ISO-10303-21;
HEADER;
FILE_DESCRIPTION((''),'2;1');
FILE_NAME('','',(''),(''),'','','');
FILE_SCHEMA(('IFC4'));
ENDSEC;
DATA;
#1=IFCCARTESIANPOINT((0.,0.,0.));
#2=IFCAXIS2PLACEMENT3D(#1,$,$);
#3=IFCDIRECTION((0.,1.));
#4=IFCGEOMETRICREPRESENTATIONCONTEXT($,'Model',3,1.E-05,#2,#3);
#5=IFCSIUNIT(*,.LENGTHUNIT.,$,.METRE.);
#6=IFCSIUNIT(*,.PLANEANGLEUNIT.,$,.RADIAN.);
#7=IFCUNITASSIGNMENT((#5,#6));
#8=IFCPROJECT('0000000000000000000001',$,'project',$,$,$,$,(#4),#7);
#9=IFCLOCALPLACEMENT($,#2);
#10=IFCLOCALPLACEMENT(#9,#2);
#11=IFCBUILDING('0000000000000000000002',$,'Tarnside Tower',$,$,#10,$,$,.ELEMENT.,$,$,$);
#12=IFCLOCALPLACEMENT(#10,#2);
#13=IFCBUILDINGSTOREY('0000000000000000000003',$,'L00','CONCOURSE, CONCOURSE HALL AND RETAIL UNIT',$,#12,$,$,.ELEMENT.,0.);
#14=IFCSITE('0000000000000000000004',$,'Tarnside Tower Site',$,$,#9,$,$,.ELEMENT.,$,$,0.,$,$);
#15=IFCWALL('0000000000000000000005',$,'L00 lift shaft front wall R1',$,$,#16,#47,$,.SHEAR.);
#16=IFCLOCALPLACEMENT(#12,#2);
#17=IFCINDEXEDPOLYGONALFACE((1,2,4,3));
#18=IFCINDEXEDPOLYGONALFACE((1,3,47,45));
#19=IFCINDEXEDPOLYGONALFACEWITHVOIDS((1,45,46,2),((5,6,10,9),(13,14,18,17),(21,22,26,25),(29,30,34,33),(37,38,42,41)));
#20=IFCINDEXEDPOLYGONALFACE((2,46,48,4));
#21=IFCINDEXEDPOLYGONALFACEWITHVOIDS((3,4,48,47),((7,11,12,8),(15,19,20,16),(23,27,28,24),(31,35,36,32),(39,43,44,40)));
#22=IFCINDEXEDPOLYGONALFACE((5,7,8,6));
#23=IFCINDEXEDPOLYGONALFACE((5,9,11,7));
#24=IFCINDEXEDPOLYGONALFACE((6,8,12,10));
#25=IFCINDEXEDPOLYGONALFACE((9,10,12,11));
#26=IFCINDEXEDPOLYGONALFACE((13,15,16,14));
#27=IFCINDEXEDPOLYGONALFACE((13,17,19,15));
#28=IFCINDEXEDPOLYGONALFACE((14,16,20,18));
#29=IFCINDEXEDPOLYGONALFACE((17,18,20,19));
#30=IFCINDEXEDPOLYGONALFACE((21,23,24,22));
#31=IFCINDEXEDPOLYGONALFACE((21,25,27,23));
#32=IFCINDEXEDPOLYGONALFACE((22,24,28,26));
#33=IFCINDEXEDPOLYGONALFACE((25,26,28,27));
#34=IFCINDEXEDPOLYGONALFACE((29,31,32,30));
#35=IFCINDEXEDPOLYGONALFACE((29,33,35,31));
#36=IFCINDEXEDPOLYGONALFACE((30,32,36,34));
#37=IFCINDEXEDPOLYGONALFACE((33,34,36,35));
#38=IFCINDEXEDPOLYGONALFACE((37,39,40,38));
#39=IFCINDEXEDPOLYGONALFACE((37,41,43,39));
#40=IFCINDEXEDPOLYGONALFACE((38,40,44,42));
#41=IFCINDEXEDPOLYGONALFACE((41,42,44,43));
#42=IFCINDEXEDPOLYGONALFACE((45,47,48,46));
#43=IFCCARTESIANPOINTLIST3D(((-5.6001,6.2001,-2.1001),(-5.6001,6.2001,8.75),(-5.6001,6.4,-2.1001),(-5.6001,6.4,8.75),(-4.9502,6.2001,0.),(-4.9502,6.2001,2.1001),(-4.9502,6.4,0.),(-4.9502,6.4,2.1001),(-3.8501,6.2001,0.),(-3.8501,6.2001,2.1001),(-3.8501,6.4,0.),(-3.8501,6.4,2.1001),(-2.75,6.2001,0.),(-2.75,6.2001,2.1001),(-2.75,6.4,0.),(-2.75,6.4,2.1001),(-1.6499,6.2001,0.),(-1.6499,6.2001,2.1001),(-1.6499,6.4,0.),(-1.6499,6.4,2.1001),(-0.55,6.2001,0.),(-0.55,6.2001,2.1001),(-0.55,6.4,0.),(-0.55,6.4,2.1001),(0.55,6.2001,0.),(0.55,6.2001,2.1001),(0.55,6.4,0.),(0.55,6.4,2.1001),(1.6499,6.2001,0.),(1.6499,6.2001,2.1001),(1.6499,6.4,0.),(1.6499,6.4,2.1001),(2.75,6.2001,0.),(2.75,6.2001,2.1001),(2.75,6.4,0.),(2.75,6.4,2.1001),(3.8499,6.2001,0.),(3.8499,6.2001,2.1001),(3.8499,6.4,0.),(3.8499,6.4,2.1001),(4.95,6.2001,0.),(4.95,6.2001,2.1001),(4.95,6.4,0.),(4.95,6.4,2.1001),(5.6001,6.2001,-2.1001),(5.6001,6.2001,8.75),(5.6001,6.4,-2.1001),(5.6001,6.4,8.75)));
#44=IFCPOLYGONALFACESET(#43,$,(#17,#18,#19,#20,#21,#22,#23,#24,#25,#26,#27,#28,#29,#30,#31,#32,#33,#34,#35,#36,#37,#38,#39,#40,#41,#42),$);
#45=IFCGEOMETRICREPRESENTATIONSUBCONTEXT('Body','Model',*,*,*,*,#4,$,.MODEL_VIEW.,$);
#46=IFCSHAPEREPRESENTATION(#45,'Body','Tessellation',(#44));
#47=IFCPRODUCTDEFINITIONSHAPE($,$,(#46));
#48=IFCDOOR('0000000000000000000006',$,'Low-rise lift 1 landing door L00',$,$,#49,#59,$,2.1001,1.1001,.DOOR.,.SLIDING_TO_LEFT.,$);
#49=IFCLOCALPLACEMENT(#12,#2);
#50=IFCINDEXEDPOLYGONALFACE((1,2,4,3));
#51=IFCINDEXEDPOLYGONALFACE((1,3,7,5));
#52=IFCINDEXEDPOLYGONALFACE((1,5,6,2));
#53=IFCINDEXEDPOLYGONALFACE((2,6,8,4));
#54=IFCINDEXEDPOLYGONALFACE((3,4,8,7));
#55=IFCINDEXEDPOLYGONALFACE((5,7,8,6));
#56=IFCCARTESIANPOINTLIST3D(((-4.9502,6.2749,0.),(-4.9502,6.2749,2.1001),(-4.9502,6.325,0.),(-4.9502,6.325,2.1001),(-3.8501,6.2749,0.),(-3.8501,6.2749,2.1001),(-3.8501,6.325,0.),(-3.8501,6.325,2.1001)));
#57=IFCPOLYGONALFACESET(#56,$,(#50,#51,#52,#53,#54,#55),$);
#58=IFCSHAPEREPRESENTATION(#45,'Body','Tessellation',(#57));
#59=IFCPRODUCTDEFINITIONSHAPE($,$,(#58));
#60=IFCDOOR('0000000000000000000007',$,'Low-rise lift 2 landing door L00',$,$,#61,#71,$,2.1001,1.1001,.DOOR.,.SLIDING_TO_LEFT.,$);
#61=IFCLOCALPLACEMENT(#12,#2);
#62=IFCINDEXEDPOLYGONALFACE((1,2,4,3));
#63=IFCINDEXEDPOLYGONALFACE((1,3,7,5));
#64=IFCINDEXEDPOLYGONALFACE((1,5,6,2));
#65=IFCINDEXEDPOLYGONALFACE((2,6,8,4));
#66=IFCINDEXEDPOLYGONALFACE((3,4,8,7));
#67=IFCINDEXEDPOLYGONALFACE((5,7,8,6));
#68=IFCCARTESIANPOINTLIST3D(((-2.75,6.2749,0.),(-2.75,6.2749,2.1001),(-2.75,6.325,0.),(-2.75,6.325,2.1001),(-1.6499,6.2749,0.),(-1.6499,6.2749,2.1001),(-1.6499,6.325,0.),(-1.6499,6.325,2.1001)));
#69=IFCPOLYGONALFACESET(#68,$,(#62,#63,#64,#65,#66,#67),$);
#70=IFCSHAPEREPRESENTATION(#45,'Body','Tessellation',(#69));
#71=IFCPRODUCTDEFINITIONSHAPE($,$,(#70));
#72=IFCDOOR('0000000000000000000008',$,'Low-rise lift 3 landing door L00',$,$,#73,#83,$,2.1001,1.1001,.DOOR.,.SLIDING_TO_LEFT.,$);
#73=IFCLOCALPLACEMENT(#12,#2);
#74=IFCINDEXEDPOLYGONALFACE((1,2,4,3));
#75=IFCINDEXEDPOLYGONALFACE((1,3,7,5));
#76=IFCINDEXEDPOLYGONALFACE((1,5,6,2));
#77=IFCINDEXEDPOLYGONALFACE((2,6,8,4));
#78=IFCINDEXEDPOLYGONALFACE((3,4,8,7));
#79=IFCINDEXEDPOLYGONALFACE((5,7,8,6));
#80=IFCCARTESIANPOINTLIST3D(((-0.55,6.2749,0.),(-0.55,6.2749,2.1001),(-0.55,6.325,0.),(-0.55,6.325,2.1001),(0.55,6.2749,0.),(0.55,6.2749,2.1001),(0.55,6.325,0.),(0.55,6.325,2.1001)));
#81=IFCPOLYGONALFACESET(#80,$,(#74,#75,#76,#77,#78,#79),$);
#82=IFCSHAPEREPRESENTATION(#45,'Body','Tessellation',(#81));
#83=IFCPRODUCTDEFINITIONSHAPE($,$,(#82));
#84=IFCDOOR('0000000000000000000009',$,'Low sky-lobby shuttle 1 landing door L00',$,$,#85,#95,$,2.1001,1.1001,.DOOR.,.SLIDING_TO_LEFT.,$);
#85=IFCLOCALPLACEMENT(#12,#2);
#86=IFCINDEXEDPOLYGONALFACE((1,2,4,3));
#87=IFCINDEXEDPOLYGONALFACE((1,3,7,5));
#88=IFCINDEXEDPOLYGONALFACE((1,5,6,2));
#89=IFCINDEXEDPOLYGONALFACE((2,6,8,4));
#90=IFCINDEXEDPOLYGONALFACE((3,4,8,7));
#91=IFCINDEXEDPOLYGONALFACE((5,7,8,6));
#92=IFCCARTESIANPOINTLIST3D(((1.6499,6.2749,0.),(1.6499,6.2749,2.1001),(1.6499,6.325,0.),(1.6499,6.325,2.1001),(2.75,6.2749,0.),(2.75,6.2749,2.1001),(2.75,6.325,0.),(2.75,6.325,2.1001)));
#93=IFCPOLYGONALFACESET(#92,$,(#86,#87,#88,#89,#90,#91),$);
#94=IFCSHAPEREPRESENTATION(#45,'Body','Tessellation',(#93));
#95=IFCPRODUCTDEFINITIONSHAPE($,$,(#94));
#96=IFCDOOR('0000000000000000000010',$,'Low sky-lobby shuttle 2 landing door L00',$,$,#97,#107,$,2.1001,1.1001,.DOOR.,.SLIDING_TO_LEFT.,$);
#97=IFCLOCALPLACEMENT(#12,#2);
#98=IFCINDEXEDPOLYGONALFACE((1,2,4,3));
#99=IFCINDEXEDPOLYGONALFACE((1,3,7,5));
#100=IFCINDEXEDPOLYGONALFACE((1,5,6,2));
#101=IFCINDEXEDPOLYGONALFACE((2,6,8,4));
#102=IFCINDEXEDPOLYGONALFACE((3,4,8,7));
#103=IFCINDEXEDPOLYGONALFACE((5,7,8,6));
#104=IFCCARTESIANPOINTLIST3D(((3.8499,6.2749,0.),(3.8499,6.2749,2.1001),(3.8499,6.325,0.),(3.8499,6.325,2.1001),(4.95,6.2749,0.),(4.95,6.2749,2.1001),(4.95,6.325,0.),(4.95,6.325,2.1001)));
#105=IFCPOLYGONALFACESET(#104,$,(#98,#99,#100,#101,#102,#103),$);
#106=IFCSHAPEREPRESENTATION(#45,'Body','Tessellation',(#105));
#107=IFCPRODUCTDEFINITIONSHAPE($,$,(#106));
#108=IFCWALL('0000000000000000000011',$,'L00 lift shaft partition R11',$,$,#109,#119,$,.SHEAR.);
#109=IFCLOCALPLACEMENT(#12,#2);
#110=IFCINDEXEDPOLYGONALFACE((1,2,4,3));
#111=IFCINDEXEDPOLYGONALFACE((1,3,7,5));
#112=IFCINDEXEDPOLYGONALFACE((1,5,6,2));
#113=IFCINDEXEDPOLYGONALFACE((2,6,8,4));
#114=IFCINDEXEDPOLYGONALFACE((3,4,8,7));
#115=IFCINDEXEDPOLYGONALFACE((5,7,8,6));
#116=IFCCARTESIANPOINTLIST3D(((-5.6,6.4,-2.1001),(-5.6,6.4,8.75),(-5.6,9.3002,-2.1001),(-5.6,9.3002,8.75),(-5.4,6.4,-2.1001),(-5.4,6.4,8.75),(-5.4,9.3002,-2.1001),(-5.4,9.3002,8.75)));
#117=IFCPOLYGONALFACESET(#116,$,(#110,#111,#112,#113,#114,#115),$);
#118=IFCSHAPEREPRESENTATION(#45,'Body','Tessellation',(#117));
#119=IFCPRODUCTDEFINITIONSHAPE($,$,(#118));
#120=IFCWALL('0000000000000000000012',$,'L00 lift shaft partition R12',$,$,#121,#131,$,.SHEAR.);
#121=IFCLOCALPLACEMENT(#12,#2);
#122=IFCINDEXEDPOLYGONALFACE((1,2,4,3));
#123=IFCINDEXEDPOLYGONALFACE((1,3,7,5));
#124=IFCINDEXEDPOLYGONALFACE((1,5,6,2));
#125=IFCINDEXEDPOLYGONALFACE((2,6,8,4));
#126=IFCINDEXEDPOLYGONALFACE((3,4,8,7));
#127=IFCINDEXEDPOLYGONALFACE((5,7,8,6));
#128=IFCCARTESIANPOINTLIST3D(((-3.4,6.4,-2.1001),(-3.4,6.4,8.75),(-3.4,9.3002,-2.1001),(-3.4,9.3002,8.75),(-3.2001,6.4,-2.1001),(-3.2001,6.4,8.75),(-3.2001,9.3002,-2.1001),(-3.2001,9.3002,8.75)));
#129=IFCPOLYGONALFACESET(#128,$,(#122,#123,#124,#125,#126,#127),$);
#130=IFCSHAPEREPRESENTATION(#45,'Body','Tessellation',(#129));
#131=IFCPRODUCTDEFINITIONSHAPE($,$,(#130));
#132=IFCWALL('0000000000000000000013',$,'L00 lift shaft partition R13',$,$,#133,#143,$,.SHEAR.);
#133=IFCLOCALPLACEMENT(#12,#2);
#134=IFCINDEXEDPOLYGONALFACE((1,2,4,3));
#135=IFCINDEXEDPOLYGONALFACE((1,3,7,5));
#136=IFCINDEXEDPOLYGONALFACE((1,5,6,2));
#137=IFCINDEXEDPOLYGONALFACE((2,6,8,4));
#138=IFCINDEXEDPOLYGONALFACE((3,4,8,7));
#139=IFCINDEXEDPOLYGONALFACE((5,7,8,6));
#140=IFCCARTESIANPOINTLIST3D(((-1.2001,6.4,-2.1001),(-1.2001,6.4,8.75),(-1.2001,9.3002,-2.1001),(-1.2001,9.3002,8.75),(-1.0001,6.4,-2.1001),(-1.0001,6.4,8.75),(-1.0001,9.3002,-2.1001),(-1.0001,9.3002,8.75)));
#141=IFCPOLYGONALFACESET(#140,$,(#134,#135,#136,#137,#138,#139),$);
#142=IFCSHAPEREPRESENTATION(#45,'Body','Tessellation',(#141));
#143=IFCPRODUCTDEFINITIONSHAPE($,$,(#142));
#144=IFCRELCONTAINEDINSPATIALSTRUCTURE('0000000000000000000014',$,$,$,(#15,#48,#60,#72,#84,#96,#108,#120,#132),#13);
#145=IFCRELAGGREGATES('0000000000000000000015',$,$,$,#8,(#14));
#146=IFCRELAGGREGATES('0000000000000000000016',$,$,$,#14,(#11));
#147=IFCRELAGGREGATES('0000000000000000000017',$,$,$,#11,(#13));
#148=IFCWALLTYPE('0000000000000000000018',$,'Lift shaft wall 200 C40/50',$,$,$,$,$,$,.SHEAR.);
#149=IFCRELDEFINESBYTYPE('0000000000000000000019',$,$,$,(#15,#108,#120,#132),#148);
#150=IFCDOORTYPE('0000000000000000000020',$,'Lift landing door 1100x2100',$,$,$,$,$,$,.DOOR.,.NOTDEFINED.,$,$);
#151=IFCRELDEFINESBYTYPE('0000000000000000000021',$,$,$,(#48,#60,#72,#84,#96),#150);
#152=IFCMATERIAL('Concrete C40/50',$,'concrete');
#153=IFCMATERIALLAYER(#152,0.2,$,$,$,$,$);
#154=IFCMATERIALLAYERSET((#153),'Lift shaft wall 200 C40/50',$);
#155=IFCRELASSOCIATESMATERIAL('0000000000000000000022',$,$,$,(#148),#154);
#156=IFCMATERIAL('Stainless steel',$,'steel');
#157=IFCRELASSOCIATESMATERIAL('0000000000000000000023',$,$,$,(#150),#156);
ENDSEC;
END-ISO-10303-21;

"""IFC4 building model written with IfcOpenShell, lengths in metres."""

from ifc_helpers import new_model, si_unit, direction, frame, frame_2d, origin, place, context, subcontext, project, spatial, rectangle, extrude, material, layer, layer_set, type_object, element, fill, save


model = new_model("IFC4")

# Units and contexts
model_context = context("Model", 3, precision=1e-05, world=origin(), true_north=direction((0.0, 1.0)))
body_context = subcontext(model_context, "Body", "Model", "MODEL_VIEW")
ifc_project = project(units=[si_unit("LENGTHUNIT", "METRE"), si_unit("PLANEANGLEUNIT", "RADIAN")], contexts=[model_context])

# Site, building, storey
site_placement = place(None, origin())
site = spatial("IfcSite", under=ifc_project, at=site_placement, Name="Tarnside Tower Site", CompositionType="ELEMENT", RefElevation=0.0)
building_placement = place(site_placement, origin())
building = spatial("IfcBuilding", under=site, at=building_placement, Name="Tarnside Tower", CompositionType="ELEMENT")
storey_placement = place(building_placement, origin())
storey = spatial("IfcBuildingStorey", under=building, at=storey_placement, Name="L00", Description="CONCOURSE, CONCOURSE HALL AND RETAIL UNIT", CompositionType="ELEMENT", Elevation=0.0)

# Wall, openings, doors
ifc_material_1 = material(Name="Concrete C40/50", Category="concrete")
ifc_layer = layer(ifc_material_1, 0.2)
ifc_layer_set = layer_set([ifc_layer], Name="Lift shaft wall 200 C40/50")
wall_type = type_object("IfcWallType", Name="Lift shaft wall 200 C40/50", PredefinedType="SHEAR", material=ifc_layer_set)
wall_1_placement = place(storey_placement, frame((-5.6001, 6.3, -2.1001), z_axis=(0.0, 0.0, 1.0), x_axis=(1.0, 0.0, 0.0)))
wall_1 = element("IfcWall", 1, at=wall_1_placement, inside=storey, type_object=wall_type, Name="L00 lift shaft front wall R1", PredefinedType="SHEAR", context=body_context, shape_type="SweptSolid", body=[
    extrude(rectangle(XDim=11.2002, YDim=0.2, at=frame_2d((5.6001, 0.0))), origin(), (0.0, 0.0, 1.0), 10.8501),
])
opening_1_placement = place(wall_1_placement, frame((0.6499, 0.0, 2.1001)))
opening_1 = element("IfcOpeningElement", 2, at=opening_1_placement, cuts=wall_1, PredefinedType="OPENING", context=body_context, shape_type="SweptSolid", body=[
    extrude(rectangle(XDim=1.1001, YDim=2.1001, at=frame_2d((0.55, 1.05))), frame((0.0, 0.1099, 0.0), z_axis=(0.0, -1.0, 0.0), x_axis=(1.0, 0.0, 0.0)), (0.0, 0.0, 1.0), 0.22),
])
opening_2_placement = place(wall_1_placement, frame((2.8501, 0.0, 2.1001)))
opening_2 = element("IfcOpeningElement", 3, at=opening_2_placement, cuts=wall_1, PredefinedType="OPENING", context=body_context, shape_type="SweptSolid", body=[
    extrude(rectangle(XDim=1.1001, YDim=2.1001, at=frame_2d((0.55, 1.05))), frame((0.0, 0.1099, 0.0), z_axis=(0.0, -1.0, 0.0), x_axis=(1.0, 0.0, 0.0)), (0.0, 0.0, 1.0), 0.22),
])
opening_3_placement = place(wall_1_placement, frame((5.05, 0.0, 2.1001)))
opening_3 = element("IfcOpeningElement", 4, at=opening_3_placement, cuts=wall_1, PredefinedType="OPENING", context=body_context, shape_type="SweptSolid", body=[
    extrude(rectangle(XDim=1.1001, YDim=2.1001, at=frame_2d((0.55, 1.05))), frame((0.0, 0.1099, 0.0), z_axis=(0.0, -1.0, 0.0), x_axis=(1.0, 0.0, 0.0)), (0.0, 0.0, 1.0), 0.22),
])
opening_4_placement = place(wall_1_placement, frame((7.25, 0.0, 2.1001)))
opening_4 = element("IfcOpeningElement", 5, at=opening_4_placement, cuts=wall_1, PredefinedType="OPENING", context=body_context, shape_type="SweptSolid", body=[
    extrude(rectangle(XDim=1.1001, YDim=2.1001, at=frame_2d((0.55, 1.05))), frame((0.0, 0.1099, 0.0), z_axis=(0.0, -1.0, 0.0), x_axis=(1.0, 0.0, 0.0)), (0.0, 0.0, 1.0), 0.22),
])
opening_5_placement = place(wall_1_placement, frame((9.45, 0.0, 2.1001)))
opening_5 = element("IfcOpeningElement", 6, at=opening_5_placement, cuts=wall_1, PredefinedType="OPENING", context=body_context, shape_type="SweptSolid", body=[
    extrude(rectangle(XDim=1.1001, YDim=2.1001, at=frame_2d((0.55, 1.05))), frame((0.0, 0.1099, 0.0), z_axis=(0.0, -1.0, 0.0), x_axis=(1.0, 0.0, 0.0)), (0.0, 0.0, 1.0), 0.22),
])
ifc_material_2 = material(Name="Stainless steel", Category="steel")
door_type = type_object("IfcDoorType", Name="Lift landing door 1100x2100", OperationType="NOTDEFINED", PredefinedType="DOOR", material=ifc_material_2)
door_1_placement = place(opening_1_placement, origin())
door_1 = element("IfcDoor", 7, at=door_1_placement, inside=storey, type_object=door_type, Name="Low-rise lift 1 landing door L00", OperationType="SLIDING_TO_LEFT", OverallHeight=2.1001, OverallWidth=1.1001, PredefinedType="DOOR", context=body_context, shape_type="SweptSolid", body=[
    extrude(rectangle(XDim=1.1001, YDim=2.1001, at=frame_2d((0.55, 1.05))), frame((0.0, 0.0249, 0.0), z_axis=(0.0, -1.0, 0.0), x_axis=(1.0, 0.0, 0.0)), (0.0, 0.0, 1.0), 0.05),
])
fill(opening_1, door_1)
door_2_placement = place(opening_2_placement, origin())
door_2 = element("IfcDoor", 8, at=door_2_placement, inside=storey, type_object=door_type, Name="Low-rise lift 2 landing door L00", OperationType="SLIDING_TO_LEFT", OverallHeight=2.1001, OverallWidth=1.1001, PredefinedType="DOOR", context=body_context, shape_type="SweptSolid", body=[
    extrude(rectangle(XDim=1.1001, YDim=2.1001, at=frame_2d((0.55, 1.05))), frame((0.0, 0.0249, 0.0), z_axis=(0.0, -1.0, 0.0), x_axis=(1.0, 0.0, 0.0)), (0.0, 0.0, 1.0), 0.05),
])
fill(opening_2, door_2)
door_3_placement = place(opening_3_placement, origin())
door_3 = element("IfcDoor", 9, at=door_3_placement, inside=storey, type_object=door_type, Name="Low-rise lift 3 landing door L00", OperationType="SLIDING_TO_LEFT", OverallHeight=2.1001, OverallWidth=1.1001, PredefinedType="DOOR", context=body_context, shape_type="SweptSolid", body=[
    extrude(rectangle(XDim=1.1001, YDim=2.1001, at=frame_2d((0.55, 1.05))), frame((0.0, 0.0249, 0.0), z_axis=(0.0, -1.0, 0.0), x_axis=(1.0, 0.0, 0.0)), (0.0, 0.0, 1.0), 0.05),
])
fill(opening_3, door_3)
door_4_placement = place(opening_4_placement, origin())
door_4 = element("IfcDoor", 10, at=door_4_placement, inside=storey, type_object=door_type, Name="Low sky-lobby shuttle 1 landing door L00", OperationType="SLIDING_TO_LEFT", OverallHeight=2.1001, OverallWidth=1.1001, PredefinedType="DOOR", context=body_context, shape_type="SweptSolid", body=[
    extrude(rectangle(XDim=1.1001, YDim=2.1001, at=frame_2d((0.55, 1.05))), frame((0.0, 0.0249, 0.0), z_axis=(0.0, -1.0, 0.0), x_axis=(1.0, 0.0, 0.0)), (0.0, 0.0, 1.0), 0.05),
])
fill(opening_4, door_4)
door_5_placement = place(opening_5_placement, origin())
door_5 = element("IfcDoor", 11, at=door_5_placement, inside=storey, type_object=door_type, Name="Low sky-lobby shuttle 2 landing door L00", OperationType="SLIDING_TO_LEFT", OverallHeight=2.1001, OverallWidth=1.1001, PredefinedType="DOOR", context=body_context, shape_type="SweptSolid", body=[
    extrude(rectangle(XDim=1.1001, YDim=2.1001, at=frame_2d((0.55, 1.05))), frame((0.0, 0.0249, 0.0), z_axis=(0.0, -1.0, 0.0), x_axis=(1.0, 0.0, 0.0)), (0.0, 0.0, 1.0), 0.05),
])
fill(opening_5, door_5)

# Walls
for number, where, z_axis, x_axis, name in (
    (12, (-5.5, 6.3999, -2.1001), (0.0, 0.0, 1.0), (0.0, 1.0, 0.0), "L00 lift shaft partition R11"),
    (13, (-3.3, 6.3999, -2.1001), (0.0, 0.0, 1.0), (0.0, 1.0, 0.0), "L00 lift shaft partition R12"),
    (14, (-1.1001, 6.3999, -2.1001), (0.0, 0.0, 1.0), (0.0, 1.0, 0.0), "L00 lift shaft partition R13"),
):
    element("IfcWall", number, at=place(storey_placement, frame(where, z_axis=z_axis, x_axis=x_axis)), inside=storey, type_object=wall_type, Name=name, PredefinedType="SHEAR", context=body_context, shape_type="SweptSolid", body=[
        extrude(rectangle(XDim=2.9001, YDim=0.2, at=frame_2d((1.4502, 0.0))), origin(), (0.0, 0.0, 1.0), 10.8501),
    ])

save(model, "model.ifc")
